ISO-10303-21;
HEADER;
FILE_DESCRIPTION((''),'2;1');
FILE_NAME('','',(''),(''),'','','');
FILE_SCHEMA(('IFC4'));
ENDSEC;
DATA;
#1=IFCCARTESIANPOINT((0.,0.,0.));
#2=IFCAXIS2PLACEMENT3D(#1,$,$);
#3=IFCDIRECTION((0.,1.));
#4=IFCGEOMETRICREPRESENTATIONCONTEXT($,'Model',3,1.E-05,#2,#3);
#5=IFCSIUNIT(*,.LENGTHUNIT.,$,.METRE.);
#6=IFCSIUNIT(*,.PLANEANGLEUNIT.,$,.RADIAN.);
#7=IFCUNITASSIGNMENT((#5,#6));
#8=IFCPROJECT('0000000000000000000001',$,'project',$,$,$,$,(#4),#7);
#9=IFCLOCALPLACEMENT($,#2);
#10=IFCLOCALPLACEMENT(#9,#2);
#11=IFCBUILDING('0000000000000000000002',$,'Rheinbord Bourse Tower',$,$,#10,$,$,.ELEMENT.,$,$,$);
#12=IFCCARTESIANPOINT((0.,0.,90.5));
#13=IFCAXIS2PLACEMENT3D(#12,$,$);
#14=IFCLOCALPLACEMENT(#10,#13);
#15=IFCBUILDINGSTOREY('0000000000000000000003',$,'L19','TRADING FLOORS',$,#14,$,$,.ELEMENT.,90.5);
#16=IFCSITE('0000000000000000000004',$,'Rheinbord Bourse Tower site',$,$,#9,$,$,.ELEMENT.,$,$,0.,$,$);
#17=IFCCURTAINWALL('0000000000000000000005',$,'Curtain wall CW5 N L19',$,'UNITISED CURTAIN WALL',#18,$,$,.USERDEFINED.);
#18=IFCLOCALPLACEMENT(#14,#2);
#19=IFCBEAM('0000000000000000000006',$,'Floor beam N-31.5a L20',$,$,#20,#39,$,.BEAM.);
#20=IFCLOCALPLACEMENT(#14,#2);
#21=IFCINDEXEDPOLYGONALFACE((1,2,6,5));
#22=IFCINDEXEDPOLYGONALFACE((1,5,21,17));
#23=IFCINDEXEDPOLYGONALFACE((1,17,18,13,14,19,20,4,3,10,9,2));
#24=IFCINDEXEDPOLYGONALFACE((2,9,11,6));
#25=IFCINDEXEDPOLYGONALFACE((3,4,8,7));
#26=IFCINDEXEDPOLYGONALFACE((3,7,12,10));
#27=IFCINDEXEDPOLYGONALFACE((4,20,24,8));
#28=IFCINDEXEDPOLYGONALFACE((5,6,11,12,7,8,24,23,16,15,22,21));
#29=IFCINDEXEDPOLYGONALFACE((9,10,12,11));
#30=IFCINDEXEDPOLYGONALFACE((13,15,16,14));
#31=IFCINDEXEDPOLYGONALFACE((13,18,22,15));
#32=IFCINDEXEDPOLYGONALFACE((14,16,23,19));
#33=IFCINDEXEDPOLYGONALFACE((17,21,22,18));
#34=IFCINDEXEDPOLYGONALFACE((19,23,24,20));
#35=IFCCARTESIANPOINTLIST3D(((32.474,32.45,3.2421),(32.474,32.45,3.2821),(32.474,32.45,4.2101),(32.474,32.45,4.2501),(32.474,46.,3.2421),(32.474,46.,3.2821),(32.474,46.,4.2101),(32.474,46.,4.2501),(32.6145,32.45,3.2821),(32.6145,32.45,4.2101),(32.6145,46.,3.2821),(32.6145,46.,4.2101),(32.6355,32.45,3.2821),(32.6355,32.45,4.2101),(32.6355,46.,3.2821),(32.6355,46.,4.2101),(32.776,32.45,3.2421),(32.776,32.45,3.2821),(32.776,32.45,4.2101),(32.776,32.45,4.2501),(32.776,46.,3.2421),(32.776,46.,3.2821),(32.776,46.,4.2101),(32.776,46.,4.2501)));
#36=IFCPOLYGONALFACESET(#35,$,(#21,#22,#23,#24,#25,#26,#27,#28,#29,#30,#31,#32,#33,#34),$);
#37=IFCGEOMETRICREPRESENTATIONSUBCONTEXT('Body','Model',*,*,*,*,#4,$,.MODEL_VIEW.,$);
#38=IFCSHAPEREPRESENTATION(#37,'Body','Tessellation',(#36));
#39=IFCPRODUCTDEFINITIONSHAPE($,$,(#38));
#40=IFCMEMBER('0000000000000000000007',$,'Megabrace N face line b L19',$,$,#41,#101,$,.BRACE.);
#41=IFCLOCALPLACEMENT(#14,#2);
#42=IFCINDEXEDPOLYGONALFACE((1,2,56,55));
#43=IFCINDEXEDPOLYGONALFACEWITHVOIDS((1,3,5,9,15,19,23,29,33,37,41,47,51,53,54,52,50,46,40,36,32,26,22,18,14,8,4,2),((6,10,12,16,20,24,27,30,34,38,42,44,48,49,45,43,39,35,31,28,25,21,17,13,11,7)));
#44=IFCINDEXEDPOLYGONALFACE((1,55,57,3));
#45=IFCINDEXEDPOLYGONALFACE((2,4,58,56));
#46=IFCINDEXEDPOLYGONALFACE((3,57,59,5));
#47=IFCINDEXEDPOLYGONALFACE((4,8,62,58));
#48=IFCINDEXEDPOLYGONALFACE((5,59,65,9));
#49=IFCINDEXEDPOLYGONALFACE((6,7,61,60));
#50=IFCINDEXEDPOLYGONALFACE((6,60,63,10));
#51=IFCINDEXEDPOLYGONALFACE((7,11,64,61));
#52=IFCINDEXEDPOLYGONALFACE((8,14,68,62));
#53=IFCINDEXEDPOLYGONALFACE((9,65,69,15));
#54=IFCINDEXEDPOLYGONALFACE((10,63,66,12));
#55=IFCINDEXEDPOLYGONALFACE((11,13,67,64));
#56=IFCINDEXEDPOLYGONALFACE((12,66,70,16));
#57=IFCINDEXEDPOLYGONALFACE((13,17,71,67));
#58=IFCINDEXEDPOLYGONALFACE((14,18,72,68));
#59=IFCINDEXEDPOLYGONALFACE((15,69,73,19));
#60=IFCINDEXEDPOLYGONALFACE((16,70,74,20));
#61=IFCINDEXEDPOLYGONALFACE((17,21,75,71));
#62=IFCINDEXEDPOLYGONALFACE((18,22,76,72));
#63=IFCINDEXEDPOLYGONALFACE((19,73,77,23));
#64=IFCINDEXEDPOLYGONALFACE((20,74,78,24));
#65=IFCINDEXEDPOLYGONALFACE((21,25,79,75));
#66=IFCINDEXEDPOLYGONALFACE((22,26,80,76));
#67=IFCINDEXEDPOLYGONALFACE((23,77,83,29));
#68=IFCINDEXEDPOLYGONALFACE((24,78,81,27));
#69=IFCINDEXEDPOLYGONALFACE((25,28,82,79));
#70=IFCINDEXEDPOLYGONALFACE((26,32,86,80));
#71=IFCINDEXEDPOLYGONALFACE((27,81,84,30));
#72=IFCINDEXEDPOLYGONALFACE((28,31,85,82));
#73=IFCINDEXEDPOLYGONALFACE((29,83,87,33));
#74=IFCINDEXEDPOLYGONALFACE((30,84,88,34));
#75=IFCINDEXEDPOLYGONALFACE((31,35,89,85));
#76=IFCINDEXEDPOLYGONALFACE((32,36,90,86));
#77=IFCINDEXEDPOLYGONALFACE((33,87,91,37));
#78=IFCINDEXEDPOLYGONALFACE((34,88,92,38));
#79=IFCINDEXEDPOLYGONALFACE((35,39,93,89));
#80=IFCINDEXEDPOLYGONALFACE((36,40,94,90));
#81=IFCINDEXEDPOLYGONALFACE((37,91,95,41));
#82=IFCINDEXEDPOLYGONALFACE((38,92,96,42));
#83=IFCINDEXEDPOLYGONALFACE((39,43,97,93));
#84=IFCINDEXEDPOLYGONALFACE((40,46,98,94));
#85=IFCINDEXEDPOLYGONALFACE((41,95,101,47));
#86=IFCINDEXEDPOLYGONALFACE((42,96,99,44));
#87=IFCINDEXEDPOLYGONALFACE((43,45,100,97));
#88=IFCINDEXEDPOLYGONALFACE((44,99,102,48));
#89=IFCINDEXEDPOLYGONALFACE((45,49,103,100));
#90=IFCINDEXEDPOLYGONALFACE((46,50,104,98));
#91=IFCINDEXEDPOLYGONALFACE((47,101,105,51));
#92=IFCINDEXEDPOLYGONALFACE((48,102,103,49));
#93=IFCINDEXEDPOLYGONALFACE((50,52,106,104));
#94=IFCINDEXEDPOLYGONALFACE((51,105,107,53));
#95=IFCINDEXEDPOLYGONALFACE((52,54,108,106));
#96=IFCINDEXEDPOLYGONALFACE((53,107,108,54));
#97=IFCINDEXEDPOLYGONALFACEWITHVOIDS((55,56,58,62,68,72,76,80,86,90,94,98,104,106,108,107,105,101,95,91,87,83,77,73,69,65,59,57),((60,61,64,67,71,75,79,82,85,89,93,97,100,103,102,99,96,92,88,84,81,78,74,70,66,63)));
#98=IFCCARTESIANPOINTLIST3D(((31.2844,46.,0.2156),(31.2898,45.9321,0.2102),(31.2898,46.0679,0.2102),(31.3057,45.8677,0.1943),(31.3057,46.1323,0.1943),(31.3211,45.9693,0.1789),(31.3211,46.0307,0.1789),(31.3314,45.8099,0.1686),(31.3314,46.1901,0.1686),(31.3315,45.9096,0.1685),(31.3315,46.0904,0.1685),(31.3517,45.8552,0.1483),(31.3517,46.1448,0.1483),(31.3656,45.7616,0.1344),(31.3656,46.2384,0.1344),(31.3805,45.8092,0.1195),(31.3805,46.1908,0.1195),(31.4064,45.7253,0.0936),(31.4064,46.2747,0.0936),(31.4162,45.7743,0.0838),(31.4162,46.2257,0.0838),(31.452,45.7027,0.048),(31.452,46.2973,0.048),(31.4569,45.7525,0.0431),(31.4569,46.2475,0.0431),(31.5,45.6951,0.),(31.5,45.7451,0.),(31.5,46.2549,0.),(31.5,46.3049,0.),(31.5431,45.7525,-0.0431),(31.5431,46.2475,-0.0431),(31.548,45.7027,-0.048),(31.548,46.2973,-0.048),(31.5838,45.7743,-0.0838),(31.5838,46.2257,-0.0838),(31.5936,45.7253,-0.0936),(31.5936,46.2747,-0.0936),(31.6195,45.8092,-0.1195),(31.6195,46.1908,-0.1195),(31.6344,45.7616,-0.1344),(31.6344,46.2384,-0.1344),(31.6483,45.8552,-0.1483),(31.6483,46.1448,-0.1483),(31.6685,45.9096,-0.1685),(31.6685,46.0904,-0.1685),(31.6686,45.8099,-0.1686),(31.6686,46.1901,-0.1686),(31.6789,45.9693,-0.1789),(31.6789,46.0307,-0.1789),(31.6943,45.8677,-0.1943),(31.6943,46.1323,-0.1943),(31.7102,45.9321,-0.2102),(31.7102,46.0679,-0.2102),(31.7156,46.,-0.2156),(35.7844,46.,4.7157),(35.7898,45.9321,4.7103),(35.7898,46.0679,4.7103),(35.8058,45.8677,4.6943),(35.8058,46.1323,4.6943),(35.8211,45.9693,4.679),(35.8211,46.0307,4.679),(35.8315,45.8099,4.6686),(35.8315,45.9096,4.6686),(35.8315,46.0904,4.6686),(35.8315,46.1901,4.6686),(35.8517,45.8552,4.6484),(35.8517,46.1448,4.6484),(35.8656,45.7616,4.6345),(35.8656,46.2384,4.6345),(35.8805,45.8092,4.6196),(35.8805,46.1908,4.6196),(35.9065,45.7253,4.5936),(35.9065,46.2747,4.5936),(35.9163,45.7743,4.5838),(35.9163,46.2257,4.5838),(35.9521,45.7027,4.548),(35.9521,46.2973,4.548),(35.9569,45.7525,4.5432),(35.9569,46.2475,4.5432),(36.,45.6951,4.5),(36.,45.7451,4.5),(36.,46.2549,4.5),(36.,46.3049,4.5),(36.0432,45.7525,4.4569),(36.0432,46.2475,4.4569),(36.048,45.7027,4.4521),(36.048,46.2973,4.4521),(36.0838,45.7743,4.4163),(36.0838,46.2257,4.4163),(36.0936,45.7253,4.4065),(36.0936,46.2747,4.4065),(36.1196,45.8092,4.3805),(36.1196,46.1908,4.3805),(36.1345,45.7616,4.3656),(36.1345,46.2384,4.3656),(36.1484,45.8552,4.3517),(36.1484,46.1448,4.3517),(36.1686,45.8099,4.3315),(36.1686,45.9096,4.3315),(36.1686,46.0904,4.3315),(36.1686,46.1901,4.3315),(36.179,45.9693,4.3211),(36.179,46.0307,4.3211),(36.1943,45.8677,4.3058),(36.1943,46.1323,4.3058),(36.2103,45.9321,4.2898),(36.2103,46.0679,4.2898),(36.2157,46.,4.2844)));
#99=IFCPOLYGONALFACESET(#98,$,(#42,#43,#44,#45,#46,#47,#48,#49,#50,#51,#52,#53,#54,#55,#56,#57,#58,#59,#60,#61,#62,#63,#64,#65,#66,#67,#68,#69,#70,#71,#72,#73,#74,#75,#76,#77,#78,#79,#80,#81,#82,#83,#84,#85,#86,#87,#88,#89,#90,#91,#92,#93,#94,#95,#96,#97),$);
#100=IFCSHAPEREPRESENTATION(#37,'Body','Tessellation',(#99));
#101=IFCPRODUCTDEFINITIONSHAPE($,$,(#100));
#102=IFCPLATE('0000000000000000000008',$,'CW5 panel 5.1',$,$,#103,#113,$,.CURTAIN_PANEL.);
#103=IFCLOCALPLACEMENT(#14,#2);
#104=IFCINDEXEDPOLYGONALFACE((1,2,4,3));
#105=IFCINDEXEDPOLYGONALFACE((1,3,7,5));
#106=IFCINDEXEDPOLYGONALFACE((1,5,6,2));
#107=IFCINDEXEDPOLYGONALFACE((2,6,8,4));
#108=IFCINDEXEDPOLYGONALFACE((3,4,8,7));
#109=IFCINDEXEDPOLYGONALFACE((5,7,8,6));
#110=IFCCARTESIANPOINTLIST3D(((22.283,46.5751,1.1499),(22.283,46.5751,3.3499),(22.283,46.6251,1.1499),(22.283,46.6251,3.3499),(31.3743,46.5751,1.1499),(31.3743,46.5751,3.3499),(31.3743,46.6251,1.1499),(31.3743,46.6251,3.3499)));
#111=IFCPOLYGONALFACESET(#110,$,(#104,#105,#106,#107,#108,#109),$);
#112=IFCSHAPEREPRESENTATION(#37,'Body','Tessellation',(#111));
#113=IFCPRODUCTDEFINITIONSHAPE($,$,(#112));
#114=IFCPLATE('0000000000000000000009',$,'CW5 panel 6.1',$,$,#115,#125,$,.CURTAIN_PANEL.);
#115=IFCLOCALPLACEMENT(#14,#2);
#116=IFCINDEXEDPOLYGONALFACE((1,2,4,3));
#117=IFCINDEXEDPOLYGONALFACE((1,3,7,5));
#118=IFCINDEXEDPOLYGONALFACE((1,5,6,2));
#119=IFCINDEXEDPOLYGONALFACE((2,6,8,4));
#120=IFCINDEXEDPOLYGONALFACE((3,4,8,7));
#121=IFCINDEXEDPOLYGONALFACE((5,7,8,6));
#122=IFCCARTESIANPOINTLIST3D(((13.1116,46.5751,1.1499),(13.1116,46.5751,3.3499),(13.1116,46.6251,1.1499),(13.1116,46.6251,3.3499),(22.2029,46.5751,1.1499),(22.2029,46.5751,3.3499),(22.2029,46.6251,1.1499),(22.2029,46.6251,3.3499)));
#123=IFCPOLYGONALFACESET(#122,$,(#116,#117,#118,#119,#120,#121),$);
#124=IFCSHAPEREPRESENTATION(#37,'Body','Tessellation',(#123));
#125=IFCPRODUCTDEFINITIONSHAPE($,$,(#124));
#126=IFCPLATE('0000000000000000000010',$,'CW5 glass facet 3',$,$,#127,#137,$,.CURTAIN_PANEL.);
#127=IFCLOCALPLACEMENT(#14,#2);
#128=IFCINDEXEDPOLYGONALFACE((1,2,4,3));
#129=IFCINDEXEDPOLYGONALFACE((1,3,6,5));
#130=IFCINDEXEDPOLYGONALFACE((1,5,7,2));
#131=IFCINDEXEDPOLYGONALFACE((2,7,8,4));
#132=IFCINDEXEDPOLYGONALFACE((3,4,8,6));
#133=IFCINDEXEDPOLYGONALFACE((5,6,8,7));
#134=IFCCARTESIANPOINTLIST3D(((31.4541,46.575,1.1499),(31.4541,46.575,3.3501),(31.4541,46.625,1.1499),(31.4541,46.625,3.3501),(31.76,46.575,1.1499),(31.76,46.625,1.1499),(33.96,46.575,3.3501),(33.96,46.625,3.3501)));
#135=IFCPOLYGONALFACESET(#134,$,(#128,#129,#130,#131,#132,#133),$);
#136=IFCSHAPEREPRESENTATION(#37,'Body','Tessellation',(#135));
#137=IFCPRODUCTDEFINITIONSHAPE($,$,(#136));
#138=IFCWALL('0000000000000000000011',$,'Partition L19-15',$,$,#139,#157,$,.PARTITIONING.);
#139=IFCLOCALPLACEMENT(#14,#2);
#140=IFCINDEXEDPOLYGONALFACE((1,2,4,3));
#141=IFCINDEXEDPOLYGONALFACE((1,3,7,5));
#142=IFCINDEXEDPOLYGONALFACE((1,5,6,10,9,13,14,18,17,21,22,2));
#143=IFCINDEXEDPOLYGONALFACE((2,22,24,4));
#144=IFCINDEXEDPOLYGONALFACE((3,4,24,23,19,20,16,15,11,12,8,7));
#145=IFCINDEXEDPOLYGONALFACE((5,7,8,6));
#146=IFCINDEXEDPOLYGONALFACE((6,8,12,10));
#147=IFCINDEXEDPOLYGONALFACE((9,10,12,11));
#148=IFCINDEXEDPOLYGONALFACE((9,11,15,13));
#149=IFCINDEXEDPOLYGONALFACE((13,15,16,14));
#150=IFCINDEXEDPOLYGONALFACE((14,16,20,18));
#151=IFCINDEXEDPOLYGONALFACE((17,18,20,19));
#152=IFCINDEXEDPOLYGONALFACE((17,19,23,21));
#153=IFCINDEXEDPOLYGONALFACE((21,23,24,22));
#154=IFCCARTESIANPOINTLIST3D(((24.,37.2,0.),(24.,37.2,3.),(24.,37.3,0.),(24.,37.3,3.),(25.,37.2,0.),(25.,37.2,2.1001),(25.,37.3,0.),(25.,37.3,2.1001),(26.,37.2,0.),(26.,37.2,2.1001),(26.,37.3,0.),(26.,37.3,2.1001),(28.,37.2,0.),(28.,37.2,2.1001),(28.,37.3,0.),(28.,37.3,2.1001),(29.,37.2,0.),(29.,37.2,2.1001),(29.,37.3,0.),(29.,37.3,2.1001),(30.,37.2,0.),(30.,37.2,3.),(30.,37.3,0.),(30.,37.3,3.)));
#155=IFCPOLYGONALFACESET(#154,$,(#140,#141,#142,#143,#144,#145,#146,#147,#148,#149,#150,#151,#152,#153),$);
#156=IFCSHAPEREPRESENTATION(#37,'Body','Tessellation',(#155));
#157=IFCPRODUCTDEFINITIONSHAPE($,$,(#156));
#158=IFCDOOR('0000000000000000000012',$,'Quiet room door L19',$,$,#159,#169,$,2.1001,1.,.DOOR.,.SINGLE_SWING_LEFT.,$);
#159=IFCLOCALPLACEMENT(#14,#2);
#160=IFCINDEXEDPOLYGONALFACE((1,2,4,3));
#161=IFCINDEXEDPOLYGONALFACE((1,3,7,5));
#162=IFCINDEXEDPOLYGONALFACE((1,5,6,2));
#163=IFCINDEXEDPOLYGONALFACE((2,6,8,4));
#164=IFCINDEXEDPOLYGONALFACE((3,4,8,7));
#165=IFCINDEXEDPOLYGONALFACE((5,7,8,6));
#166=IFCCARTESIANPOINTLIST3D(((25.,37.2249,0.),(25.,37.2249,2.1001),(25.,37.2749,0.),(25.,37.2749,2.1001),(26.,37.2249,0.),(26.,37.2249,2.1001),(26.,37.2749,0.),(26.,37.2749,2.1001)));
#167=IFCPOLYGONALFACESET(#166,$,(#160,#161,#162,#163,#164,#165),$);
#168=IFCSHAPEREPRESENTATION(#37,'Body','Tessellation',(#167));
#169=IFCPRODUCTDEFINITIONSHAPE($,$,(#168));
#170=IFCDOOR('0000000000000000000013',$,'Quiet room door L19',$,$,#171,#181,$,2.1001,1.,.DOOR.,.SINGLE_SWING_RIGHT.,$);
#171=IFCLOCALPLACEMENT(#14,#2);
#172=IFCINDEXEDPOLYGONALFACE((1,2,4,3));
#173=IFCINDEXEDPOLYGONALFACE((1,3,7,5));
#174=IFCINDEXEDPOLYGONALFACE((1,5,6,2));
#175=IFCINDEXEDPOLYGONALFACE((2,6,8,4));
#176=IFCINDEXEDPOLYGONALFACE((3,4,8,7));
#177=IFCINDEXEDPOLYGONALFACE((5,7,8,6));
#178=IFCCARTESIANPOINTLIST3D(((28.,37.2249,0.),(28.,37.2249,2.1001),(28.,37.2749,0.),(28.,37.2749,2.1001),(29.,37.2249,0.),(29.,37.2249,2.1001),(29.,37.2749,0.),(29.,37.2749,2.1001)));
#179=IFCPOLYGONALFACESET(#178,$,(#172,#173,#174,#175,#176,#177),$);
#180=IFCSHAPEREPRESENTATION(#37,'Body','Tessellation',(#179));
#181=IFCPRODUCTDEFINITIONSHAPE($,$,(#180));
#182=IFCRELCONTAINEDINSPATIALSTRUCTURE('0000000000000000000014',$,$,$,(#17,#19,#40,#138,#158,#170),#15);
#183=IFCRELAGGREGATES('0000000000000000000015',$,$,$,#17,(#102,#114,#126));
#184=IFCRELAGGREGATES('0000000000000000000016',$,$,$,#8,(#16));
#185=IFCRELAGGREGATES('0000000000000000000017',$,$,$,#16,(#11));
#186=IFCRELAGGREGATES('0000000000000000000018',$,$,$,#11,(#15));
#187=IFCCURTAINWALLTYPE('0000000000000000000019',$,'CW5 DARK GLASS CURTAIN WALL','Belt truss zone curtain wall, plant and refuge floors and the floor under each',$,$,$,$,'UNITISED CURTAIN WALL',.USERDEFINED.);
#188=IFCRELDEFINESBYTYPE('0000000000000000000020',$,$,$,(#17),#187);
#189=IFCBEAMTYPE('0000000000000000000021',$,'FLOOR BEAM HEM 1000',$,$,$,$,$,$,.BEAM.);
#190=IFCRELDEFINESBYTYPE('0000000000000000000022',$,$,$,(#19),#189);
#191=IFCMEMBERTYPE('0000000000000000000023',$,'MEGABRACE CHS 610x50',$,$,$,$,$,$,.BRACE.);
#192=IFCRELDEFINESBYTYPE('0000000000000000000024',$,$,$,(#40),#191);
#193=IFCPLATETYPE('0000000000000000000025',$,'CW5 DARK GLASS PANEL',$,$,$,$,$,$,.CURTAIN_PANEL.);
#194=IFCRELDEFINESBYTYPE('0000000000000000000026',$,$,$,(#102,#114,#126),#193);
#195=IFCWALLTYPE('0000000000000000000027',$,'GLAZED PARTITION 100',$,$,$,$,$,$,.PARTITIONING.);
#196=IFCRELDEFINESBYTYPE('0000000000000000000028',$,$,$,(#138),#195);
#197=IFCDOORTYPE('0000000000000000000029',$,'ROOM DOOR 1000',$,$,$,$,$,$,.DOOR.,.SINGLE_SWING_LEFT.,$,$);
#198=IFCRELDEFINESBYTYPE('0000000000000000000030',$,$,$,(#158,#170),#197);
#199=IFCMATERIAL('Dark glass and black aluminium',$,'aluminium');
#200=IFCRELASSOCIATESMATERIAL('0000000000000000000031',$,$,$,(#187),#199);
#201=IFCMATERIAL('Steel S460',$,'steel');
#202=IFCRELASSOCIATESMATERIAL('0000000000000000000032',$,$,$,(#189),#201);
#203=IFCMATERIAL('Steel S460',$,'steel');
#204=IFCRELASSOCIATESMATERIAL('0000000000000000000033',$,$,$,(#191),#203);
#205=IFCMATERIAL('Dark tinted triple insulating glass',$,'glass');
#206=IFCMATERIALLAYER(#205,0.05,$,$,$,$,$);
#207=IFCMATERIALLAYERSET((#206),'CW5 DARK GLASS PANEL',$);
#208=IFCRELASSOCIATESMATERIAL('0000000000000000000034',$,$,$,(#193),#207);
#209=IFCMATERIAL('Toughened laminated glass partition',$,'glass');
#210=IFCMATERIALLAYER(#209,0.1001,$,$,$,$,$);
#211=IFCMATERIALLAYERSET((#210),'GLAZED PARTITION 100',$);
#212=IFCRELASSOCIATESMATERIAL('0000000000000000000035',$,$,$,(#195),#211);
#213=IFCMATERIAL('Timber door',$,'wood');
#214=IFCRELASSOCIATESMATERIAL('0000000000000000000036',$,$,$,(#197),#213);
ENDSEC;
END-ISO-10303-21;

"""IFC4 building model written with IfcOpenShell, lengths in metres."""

from ifc_helpers import new_model, si_unit, direction, frame, frame_2d, origin, origin_2d, place, context, subcontext, project, spatial, polyline, rectangle, hollow_circle, i_section, outline, extrude, material, layer, layer_set, material_profile, profile_set, type_object, element, fill, aggregate, save


model = new_model("IFC4")

# Units and contexts
model_context = context("Model", 3, precision=1e-05, world=origin(), true_north=direction((0.0, 1.0)))
body_context = subcontext(model_context, "Body", "Model", "MODEL_VIEW")
ifc_project = project(units=[si_unit("LENGTHUNIT", "METRE"), si_unit("PLANEANGLEUNIT", "RADIAN")], contexts=[model_context])

# Site, building, storey
site_placement = place(None, origin())
site = spatial("IfcSite", under=ifc_project, at=site_placement, Name="Rheinbord Bourse Tower site", CompositionType="ELEMENT", RefElevation=0.0)
building_placement = place(site_placement, origin())
building = spatial("IfcBuilding", under=site, at=building_placement, Name="Rheinbord Bourse Tower", CompositionType="ELEMENT")
storey_placement = place(building_placement, frame((0.0, 0.0, 90.5)))
storey = spatial("IfcBuildingStorey", under=building, at=storey_placement, Name="L19", Description="TRADING FLOORS", CompositionType="ELEMENT", Elevation=90.5)

# Curtain wall
ifc_material_1 = material(Name="Dark glass and black aluminium", Category="aluminium")
curtain_wall_type = type_object("IfcCurtainWallType", Name="CW5 DARK GLASS CURTAIN WALL", Description="Belt truss zone curtain wall, plant and refuge floors and the floor under each", ElementType="UNITISED CURTAIN WALL", PredefinedType="USERDEFINED", material=ifc_material_1)
curtain_wall_placement = place(storey_placement, origin())
curtain_wall = element("IfcCurtainWall", 1, at=curtain_wall_placement, inside=storey, type_object=curtain_wall_type, Name="Curtain wall CW5 N L19", ObjectType="UNITISED CURTAIN WALL", PredefinedType="USERDEFINED")

# Beam
ifc_material_2 = material(Name="Steel S460", Category="steel")
ifc_material_profile_1 = material_profile(ifc_material_2, i_section(OverallWidth=0.302, OverallDepth=1.0081, WebThickness=0.021, FlangeThickness=0.04, at=origin_2d()), Name="HEM 1000")
ifc_profile_set_1 = profile_set([ifc_material_profile_1], Name="Steel S460")
beam_type_1 = type_object("IfcBeamType", Name="FLOOR BEAM HEM 1000", PredefinedType="BEAM", material=ifc_profile_set_1)
for number, where, z_axis, x_axis, name in (
    (2, (32.625, 46.0, 3.7461), (0.0, -1.0, 0.0), (1.0, 0.0, 0.0), "Floor beam N-31.5a L20"),
):
    element("IfcBeam", number, at=place(storey_placement, frame(where, z_axis=z_axis, x_axis=x_axis)), inside=storey, type_object=beam_type_1, Name=name, PredefinedType="BEAM", context=body_context, shape_type="SweptSolid", body=[
        extrude(i_section(OverallWidth=0.302, OverallDepth=1.0081, WebThickness=0.021, FlangeThickness=0.04, at=origin_2d()), origin(), (0.0, 0.0, 1.0), 13.55),
    ])

# Member
ifc_material_3 = material(Name="Steel S460", Category="steel")
ifc_material_profile_2 = material_profile(ifc_material_3, hollow_circle(Radius=0.3049, WallThickness=0.05, at=origin_2d()), Name="CHS 610x50")
ifc_profile_set_2 = profile_set([ifc_material_profile_2], Name="Steel S460")
member_type_1 = type_object("IfcMemberType", Name="MEGABRACE CHS 610x50", PredefinedType="BRACE", material=ifc_profile_set_2)
member_1_placement = place(storey_placement, frame((31.5, 46.0, 0.0), z_axis=(0.707107, 0.0, 0.707107), x_axis=(0.0, 1.0, 0.0)))
element("IfcMember", 3, at=member_1_placement, inside=storey, type_object=member_type_1, Name="Megabrace N face line b L19", PredefinedType="BRACE", context=body_context, shape_type="SweptSolid", body=[
    extrude(hollow_circle(Radius=0.3049, WallThickness=0.05, at=origin_2d()), origin(), (0.0, 0.0, 1.0), 6.364),
])

# Plates
ifc_material_4 = material(Name="Dark tinted triple insulating glass", Category="glass")
ifc_layer_1 = layer(ifc_material_4, 0.05)
ifc_layer_set_1 = layer_set([ifc_layer_1], Name="CW5 DARK GLASS PANEL")
plate_type = type_object("IfcPlateType", Name="CW5 DARK GLASS PANEL", PredefinedType="CURTAIN_PANEL", material=ifc_layer_set_1)
plate_1_placement = place(storey_placement, frame((26.8286, 46.6001, 1.1499), z_axis=(0.0, 0.0, 1.0), x_axis=(-1.0, 0.0, 0.0)))
plate_1 = element("IfcPlate", 4, at=plate_1_placement, type_object=plate_type, Name="CW5 panel 5.1", PredefinedType="CURTAIN_PANEL", context=body_context, shape_type="SweptSolid", body=[
    extrude(rectangle(XDim=9.0913, YDim=0.05, at=origin_2d()), origin(), (0.0, 0.0, 1.0), 2.2),
])
plate_2_placement = place(storey_placement, frame((17.6572, 46.6001, 1.1499), z_axis=(0.0, 0.0, 1.0), x_axis=(-1.0, 0.0, 0.0)))
plate_2 = element("IfcPlate", 5, at=plate_2_placement, type_object=plate_type, Name="CW5 panel 6.1", PredefinedType="CURTAIN_PANEL", context=body_context, shape_type="SweptSolid", body=[
    extrude(rectangle(XDim=9.0913, YDim=0.05, at=origin_2d()), origin(), (0.0, 0.0, 1.0), 2.2),
])
plate_3_placement = place(storey_placement, frame((31.4541, 46.625, 3.3501), z_axis=(0.0, -1.0, 0.0), x_axis=(0.0, 0.0, -1.0)))
plate_3 = element("IfcPlate", 6, at=plate_3_placement, type_object=plate_type, Name="CW5 glass facet 3", PredefinedType="CURTAIN_PANEL", context=body_context, shape_type="SweptSolid", body=[
    extrude(outline(polyline([(0.0, 0.0), (2.2002, 0.0), (2.2002, 0.3059), (0.0, 2.5059), (0.0, 0.0)])), origin(), (0.0, 0.0, 1.0), 0.05),
])
aggregate(curtain_wall, [plate_1, plate_2, plate_3])

# Wall, openings, doors
ifc_material_5 = material(Name="Toughened laminated glass partition", Category="glass")
ifc_layer_2 = layer(ifc_material_5, 0.1001)
ifc_layer_set_2 = layer_set([ifc_layer_2], Name="GLAZED PARTITION 100")
wall_type = type_object("IfcWallType", Name="GLAZED PARTITION 100", PredefinedType="PARTITIONING", material=ifc_layer_set_2)
wall_placement = place(storey_placement, frame((24.0, 37.25, 0.0), z_axis=(0.0, 0.0, 1.0), x_axis=(1.0, 0.0, 0.0)))
wall = element("IfcWall", 7, at=wall_placement, inside=storey, type_object=wall_type, Name="Partition L19-15", PredefinedType="PARTITIONING", context=body_context, shape_type="SweptSolid", body=[
    extrude(rectangle(XDim=6.0, YDim=0.1001, at=frame_2d((3.0, 0.0))), origin(), (0.0, 0.0, 1.0), 3.0),
])
opening_1_placement = place(wall_placement, frame((1.0, 0.0, 0.0)))
opening_1 = element("IfcOpeningElement", 8, at=opening_1_placement, cuts=wall, PredefinedType="OPENING", context=body_context, shape_type="SweptSolid", body=[
    extrude(rectangle(XDim=1.0, YDim=2.1001, at=frame_2d((0.5, 1.05))), frame((0.0, 0.0601, 0.0), z_axis=(0.0, -1.0, 0.0), x_axis=(1.0, 0.0, 0.0)), (0.0, 0.0, 1.0), 0.1201),
])
opening_2_placement = place(wall_placement, frame((4.0, 0.0, 0.0)))
opening_2 = element("IfcOpeningElement", 9, at=opening_2_placement, cuts=wall, PredefinedType="OPENING", context=body_context, shape_type="SweptSolid", body=[
    extrude(rectangle(XDim=1.0, YDim=2.1001, at=frame_2d((0.5, 1.05))), frame((0.0, 0.0601, 0.0), z_axis=(0.0, -1.0, 0.0), x_axis=(1.0, 0.0, 0.0)), (0.0, 0.0, 1.0), 0.1201),
])
ifc_material_6 = material(Name="Timber door", Category="wood")
door_type = type_object("IfcDoorType", Name="ROOM DOOR 1000", OperationType="SINGLE_SWING_LEFT", PredefinedType="DOOR", material=ifc_material_6)
door_1_placement = place(opening_1_placement, origin())
door_1 = element("IfcDoor", 10, at=door_1_placement, inside=storey, type_object=door_type, Name="Quiet room door L19", OperationType="SINGLE_SWING_LEFT", OverallHeight=2.1001, OverallWidth=1.0, PredefinedType="DOOR", context=body_context, shape_type="SweptSolid", body=[
    extrude(rectangle(XDim=1.0, YDim=2.1001, at=frame_2d((0.5, 1.05))), frame((0.0, 0.0249, 0.0), z_axis=(0.0, -1.0, 0.0), x_axis=(1.0, 0.0, 0.0)), (0.0, 0.0, 1.0), 0.05),
])
fill(opening_1, door_1)
door_2_placement = place(opening_2_placement, origin())
door_2 = element("IfcDoor", 11, at=door_2_placement, inside=storey, type_object=door_type, Name="Quiet room door L19", OperationType="SINGLE_SWING_RIGHT", OverallHeight=2.1001, OverallWidth=1.0, PredefinedType="DOOR", context=body_context, shape_type="SweptSolid", body=[
    extrude(rectangle(XDim=1.0, YDim=2.1001, at=frame_2d((0.5, 1.05))), frame((0.0, 0.0249, 0.0), z_axis=(0.0, -1.0, 0.0), x_axis=(1.0, 0.0, 0.0)), (0.0, 0.0, 1.0), 0.05),
])
fill(opening_2, door_2)

save(model, "model.ifc")
